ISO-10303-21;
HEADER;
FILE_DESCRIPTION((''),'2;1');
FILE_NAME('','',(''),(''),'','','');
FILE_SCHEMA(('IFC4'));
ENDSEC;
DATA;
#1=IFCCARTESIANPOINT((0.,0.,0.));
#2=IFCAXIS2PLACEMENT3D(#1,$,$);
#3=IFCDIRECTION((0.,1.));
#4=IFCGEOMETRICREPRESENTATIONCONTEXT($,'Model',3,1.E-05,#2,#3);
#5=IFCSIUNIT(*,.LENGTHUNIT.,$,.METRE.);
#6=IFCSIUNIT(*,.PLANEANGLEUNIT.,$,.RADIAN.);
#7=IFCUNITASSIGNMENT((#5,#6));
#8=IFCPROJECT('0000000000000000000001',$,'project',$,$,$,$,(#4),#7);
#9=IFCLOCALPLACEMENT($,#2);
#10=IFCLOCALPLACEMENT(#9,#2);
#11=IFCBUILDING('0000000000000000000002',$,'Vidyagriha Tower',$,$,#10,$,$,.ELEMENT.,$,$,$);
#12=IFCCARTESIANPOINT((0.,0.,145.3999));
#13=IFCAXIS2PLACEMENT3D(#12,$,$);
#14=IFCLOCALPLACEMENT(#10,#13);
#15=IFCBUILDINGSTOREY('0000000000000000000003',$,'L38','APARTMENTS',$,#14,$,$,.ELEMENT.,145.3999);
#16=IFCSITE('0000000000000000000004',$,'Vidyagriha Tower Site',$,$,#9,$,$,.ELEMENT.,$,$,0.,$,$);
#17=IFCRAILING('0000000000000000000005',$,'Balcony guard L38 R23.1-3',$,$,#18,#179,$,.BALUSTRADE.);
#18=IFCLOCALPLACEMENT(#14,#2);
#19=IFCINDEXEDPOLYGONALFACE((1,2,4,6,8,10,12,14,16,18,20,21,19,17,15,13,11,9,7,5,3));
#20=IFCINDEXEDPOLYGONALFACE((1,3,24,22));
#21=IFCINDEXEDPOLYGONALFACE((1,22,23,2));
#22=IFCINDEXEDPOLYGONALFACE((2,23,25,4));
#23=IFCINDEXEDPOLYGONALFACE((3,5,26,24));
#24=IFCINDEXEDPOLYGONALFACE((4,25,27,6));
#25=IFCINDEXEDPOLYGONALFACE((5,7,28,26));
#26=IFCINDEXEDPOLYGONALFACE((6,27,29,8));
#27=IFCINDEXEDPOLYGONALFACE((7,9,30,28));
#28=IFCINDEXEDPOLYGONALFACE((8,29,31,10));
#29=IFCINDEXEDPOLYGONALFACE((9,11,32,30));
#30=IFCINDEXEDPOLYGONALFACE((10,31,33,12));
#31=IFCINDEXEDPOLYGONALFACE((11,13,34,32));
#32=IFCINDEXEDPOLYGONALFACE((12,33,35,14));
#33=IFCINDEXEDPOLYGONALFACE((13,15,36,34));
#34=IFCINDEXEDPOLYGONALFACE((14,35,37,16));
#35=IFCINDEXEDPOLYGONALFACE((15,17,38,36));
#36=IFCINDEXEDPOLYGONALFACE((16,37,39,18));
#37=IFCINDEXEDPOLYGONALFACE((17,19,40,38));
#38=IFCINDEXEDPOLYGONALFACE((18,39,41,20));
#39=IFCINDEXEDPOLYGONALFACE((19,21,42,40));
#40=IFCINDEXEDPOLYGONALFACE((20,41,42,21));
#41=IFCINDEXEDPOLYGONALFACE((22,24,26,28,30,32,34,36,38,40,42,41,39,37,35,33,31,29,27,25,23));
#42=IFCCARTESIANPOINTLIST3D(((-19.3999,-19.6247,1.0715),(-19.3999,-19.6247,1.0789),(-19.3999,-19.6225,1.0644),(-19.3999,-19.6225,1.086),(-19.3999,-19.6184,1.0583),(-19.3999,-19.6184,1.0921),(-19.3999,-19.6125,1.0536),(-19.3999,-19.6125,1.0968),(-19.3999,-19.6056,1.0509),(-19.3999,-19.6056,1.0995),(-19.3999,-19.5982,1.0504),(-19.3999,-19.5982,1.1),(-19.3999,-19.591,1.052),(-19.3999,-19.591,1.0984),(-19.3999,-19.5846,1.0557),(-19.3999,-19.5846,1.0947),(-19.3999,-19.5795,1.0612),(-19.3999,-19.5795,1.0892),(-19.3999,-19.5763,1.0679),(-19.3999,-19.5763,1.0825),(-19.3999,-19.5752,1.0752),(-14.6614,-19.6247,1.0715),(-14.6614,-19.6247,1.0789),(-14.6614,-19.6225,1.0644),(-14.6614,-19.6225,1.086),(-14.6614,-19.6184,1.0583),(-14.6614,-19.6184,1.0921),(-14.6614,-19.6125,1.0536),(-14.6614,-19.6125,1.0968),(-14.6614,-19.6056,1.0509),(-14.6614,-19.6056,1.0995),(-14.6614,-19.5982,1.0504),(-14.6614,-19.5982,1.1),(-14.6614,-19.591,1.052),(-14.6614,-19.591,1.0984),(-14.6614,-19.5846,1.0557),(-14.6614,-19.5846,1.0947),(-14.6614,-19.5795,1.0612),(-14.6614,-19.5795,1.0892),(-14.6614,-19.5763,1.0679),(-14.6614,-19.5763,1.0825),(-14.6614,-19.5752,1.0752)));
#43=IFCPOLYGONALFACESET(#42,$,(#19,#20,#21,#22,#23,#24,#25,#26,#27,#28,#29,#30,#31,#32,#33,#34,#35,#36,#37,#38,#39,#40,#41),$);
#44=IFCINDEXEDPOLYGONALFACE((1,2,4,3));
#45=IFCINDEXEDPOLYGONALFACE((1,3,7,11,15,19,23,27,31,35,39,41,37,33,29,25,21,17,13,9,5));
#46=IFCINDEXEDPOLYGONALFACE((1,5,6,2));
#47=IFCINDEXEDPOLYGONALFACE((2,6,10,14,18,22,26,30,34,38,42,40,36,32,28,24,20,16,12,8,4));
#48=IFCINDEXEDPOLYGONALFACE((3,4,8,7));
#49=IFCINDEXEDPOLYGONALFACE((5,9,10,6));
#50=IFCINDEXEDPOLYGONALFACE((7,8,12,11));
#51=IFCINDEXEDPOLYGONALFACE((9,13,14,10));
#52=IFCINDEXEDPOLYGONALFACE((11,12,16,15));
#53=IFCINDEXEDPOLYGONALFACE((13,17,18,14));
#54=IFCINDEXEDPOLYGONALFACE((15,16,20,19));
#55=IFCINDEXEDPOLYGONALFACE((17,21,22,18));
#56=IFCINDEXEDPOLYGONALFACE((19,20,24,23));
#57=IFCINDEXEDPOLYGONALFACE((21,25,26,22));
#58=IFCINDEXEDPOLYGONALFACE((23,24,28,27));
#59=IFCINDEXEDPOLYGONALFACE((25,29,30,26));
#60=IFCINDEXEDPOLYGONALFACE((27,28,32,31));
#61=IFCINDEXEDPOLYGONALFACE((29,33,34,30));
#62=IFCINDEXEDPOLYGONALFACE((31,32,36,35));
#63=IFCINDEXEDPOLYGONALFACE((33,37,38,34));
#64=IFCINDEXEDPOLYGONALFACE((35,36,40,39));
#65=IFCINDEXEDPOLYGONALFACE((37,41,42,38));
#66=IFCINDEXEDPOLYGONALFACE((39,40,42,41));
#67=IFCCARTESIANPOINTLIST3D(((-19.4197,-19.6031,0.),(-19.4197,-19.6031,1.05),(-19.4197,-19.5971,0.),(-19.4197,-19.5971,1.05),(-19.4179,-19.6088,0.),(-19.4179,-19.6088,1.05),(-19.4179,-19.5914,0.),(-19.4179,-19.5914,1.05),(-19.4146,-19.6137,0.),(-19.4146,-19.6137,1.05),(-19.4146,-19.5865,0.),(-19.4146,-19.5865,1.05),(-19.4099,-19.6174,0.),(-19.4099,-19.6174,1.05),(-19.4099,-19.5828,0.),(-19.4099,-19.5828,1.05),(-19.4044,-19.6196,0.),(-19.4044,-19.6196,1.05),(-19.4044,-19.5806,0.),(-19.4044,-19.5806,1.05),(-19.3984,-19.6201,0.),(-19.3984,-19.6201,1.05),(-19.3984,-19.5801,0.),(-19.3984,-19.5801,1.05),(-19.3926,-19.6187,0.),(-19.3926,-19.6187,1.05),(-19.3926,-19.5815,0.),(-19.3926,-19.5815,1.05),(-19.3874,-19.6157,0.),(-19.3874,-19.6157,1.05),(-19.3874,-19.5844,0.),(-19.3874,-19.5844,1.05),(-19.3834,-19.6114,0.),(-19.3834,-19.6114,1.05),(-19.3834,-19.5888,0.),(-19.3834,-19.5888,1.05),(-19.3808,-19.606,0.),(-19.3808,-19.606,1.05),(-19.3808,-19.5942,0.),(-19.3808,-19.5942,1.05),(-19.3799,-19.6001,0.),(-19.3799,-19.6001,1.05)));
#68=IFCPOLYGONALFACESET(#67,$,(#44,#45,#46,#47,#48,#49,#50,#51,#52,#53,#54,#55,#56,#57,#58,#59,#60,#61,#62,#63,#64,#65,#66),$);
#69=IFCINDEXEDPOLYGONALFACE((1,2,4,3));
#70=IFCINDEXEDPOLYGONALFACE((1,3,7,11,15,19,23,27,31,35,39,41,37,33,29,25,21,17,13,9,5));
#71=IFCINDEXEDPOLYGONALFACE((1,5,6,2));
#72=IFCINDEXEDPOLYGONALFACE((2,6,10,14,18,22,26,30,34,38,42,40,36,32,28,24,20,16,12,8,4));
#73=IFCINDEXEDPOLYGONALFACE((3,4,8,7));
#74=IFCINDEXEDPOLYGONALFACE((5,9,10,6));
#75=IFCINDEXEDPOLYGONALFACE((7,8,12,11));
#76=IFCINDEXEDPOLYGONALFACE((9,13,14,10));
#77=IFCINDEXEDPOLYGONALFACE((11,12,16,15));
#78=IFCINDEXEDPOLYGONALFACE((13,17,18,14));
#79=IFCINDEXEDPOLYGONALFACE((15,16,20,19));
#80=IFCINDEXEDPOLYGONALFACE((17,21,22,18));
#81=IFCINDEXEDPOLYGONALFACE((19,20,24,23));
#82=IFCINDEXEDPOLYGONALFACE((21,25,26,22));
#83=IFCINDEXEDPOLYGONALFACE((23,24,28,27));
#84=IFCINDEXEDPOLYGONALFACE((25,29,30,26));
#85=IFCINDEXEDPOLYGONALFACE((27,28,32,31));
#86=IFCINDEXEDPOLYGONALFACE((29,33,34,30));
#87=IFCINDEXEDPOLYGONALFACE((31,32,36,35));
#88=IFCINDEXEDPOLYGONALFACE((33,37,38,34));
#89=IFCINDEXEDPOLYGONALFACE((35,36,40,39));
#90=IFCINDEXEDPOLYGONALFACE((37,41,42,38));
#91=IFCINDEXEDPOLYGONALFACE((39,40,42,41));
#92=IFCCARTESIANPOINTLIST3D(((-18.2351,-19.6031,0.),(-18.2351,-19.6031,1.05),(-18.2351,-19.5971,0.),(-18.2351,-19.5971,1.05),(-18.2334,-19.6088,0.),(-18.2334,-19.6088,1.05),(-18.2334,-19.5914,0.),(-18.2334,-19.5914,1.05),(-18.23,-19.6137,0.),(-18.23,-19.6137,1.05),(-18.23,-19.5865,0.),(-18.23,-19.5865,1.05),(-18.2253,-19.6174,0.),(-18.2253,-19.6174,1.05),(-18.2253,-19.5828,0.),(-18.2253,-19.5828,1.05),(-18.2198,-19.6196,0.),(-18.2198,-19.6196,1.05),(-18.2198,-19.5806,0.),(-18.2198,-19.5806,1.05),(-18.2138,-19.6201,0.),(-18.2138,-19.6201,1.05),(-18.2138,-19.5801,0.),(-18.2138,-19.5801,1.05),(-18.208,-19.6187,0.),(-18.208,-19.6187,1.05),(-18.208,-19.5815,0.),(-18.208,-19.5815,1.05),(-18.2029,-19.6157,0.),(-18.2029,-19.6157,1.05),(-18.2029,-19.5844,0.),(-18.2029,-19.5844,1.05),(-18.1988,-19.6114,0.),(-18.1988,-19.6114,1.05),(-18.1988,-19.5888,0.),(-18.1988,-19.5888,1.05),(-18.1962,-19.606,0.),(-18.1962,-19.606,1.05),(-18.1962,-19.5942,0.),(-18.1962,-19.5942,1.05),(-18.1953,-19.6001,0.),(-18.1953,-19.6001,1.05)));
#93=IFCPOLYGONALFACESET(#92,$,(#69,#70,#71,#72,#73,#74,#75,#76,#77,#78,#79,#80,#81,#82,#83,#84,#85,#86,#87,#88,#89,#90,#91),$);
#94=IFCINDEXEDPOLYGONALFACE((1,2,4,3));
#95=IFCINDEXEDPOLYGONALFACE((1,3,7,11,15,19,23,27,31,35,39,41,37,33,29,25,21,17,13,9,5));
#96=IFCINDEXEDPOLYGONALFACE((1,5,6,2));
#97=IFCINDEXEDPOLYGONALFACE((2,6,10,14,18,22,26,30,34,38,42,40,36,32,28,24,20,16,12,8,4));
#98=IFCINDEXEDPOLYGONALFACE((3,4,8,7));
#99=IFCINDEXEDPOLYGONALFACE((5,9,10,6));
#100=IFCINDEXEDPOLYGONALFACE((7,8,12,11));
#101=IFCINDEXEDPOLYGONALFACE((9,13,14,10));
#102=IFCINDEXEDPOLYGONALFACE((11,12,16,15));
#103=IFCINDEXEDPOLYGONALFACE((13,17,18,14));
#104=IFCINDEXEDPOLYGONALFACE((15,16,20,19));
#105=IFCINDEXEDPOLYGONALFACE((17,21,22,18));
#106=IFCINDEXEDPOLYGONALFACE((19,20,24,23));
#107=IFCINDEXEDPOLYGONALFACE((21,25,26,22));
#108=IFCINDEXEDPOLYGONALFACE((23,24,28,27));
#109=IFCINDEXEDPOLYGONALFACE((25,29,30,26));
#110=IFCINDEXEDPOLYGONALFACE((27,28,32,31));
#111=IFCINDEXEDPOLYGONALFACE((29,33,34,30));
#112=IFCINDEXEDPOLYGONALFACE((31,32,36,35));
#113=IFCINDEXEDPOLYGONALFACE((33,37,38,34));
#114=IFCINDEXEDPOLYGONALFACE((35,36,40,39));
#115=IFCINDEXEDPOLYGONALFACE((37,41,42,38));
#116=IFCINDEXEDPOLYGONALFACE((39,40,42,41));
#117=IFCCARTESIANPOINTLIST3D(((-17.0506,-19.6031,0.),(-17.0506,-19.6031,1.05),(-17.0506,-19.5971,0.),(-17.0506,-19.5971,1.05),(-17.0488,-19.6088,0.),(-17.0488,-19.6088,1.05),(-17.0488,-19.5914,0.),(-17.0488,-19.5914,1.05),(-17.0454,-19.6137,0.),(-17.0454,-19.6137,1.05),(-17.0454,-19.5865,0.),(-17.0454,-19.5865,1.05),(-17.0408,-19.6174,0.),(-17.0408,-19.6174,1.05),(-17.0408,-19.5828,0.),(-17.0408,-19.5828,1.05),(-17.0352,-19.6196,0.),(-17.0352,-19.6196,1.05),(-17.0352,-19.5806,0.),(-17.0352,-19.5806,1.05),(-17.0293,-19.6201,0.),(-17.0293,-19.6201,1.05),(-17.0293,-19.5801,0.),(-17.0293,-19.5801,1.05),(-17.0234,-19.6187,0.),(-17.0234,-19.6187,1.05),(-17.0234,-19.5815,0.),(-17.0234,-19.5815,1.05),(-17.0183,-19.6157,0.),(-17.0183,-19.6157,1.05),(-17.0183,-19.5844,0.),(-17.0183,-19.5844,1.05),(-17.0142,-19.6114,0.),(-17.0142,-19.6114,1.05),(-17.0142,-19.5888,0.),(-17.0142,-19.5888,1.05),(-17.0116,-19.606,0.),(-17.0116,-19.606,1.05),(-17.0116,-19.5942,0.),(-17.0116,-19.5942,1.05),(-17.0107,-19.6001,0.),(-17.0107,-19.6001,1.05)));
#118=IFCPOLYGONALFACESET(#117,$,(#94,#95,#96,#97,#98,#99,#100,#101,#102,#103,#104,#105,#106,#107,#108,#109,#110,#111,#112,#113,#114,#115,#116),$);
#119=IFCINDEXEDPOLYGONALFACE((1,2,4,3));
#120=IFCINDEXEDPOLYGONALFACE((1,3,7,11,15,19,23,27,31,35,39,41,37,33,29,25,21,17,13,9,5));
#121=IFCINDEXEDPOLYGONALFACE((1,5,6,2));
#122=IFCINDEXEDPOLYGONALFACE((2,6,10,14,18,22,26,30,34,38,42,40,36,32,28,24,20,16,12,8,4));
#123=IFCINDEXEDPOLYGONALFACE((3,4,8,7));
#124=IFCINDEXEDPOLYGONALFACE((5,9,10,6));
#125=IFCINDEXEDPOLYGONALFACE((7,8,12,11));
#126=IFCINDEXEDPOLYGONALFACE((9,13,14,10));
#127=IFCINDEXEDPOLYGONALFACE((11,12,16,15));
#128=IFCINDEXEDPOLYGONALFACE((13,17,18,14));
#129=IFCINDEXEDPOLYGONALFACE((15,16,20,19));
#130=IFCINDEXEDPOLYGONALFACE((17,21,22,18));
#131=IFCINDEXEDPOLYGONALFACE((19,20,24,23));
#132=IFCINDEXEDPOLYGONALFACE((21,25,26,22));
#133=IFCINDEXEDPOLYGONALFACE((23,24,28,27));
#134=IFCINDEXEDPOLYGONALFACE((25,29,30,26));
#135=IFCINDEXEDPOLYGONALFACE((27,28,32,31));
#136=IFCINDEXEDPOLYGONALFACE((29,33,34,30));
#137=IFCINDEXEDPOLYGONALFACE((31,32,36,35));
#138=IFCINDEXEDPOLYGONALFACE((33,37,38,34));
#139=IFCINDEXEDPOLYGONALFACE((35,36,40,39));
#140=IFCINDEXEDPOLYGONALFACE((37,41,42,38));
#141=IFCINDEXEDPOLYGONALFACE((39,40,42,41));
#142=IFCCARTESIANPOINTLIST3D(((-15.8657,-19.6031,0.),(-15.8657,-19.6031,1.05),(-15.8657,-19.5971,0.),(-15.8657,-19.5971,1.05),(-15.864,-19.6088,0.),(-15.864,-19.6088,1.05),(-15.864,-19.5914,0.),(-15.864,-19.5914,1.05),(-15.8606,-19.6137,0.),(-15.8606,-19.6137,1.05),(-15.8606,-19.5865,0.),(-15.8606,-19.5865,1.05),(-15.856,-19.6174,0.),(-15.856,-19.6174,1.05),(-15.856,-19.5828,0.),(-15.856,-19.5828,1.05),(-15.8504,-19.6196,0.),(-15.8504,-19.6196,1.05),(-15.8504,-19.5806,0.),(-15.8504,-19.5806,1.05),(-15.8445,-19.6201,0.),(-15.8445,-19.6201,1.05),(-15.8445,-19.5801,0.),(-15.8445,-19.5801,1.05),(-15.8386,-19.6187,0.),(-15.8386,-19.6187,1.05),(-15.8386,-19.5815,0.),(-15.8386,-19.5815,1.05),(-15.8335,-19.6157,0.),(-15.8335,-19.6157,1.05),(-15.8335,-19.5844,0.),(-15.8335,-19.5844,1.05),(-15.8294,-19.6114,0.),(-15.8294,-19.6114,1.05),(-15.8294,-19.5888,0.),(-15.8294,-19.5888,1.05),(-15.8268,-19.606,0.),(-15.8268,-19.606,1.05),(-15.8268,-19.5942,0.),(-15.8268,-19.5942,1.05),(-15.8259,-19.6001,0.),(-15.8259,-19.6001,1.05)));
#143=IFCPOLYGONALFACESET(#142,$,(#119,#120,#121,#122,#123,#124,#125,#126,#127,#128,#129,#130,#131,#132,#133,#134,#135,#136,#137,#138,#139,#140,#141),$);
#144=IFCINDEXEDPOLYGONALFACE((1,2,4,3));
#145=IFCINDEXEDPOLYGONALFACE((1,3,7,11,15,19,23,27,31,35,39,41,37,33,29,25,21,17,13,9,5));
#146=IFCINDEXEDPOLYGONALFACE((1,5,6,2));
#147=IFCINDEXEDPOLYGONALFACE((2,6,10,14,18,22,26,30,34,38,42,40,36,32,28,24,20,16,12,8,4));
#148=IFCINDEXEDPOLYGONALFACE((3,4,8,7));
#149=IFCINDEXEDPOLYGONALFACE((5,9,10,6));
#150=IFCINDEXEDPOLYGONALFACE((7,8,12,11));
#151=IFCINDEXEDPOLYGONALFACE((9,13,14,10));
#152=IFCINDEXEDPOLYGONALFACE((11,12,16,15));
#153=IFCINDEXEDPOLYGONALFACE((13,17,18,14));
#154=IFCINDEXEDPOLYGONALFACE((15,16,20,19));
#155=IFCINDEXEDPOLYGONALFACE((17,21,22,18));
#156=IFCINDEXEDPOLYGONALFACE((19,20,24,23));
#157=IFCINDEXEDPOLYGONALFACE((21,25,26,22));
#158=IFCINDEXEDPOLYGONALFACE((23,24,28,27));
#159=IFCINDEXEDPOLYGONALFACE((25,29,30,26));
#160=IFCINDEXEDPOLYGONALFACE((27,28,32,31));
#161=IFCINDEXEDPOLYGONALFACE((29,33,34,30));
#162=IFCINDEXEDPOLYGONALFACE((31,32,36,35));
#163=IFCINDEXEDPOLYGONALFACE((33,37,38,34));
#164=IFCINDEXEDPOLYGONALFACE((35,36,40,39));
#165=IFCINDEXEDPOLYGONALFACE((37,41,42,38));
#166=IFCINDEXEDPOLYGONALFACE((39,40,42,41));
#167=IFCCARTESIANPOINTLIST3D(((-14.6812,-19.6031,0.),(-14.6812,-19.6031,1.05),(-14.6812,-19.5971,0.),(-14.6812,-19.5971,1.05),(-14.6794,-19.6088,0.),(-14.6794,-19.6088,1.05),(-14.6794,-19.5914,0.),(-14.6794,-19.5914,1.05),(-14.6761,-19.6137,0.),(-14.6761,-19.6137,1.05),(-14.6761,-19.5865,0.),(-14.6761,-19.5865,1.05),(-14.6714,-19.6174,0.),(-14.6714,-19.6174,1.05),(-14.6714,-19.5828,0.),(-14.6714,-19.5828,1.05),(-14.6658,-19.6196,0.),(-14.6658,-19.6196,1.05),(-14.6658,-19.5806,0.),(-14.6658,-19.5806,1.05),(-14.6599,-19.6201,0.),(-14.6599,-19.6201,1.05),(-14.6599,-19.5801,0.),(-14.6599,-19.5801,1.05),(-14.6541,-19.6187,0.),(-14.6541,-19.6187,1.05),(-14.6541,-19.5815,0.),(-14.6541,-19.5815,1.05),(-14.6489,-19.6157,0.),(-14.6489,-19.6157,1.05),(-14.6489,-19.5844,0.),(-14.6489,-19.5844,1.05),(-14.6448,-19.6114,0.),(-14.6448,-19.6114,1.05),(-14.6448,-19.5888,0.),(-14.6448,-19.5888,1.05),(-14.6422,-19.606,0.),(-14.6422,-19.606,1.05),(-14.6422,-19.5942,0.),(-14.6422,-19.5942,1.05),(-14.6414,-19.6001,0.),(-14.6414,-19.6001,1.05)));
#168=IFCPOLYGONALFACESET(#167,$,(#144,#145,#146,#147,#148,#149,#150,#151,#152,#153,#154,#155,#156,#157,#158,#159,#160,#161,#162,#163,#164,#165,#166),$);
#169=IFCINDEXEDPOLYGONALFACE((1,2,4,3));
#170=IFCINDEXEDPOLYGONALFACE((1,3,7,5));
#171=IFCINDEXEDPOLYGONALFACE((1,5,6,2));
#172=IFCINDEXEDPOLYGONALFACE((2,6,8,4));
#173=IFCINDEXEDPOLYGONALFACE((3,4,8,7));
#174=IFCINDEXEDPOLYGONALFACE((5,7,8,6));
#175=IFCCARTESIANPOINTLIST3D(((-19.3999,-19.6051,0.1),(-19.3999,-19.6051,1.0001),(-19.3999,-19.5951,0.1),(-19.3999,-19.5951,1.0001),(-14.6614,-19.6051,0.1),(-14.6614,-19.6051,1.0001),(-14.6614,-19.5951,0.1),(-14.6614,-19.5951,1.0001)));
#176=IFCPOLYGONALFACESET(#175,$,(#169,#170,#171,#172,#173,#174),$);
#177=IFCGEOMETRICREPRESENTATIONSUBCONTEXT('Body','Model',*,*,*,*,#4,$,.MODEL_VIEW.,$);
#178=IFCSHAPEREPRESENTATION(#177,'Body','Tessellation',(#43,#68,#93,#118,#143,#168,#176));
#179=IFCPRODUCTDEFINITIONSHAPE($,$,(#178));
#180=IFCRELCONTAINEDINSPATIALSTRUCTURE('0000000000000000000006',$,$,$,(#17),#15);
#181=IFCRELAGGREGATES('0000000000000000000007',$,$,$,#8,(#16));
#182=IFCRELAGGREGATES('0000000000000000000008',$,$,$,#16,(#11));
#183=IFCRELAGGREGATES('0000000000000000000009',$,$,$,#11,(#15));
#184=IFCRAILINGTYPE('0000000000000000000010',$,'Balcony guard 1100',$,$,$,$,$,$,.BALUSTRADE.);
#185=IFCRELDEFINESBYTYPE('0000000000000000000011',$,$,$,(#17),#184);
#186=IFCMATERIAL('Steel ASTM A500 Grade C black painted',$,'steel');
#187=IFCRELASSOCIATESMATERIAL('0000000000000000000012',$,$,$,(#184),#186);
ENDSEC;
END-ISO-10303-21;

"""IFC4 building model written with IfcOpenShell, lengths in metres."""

from ifc_helpers import new_model, si_unit, direction, frame, origin, origin_2d, place, context, subcontext, project, spatial, rectangle, circle, extrude, material, type_object, element, save


model = new_model("IFC4")

# Units and contexts
model_context = context("Model", 3, precision=1e-05, world=origin(), true_north=direction((0.0, 1.0)))
body_context = subcontext(model_context, "Body", "Model", "MODEL_VIEW")
ifc_project = project(units=[si_unit("LENGTHUNIT", "METRE"), si_unit("PLANEANGLEUNIT", "RADIAN")], contexts=[model_context])

# Site, building, storey
site_placement = place(None, origin())
site = spatial("IfcSite", under=ifc_project, at=site_placement, Name="Vidyagriha Tower Site", CompositionType="ELEMENT", RefElevation=0.0)
building_placement = place(site_placement, origin())
building = spatial("IfcBuilding", under=site, at=building_placement, Name="Vidyagriha Tower", CompositionType="ELEMENT")
storey_placement = place(building_placement, frame((0.0, 0.0, 145.3999)))
storey = spatial("IfcBuildingStorey", under=building, at=storey_placement, Name="L38", Description="APARTMENTS", CompositionType="ELEMENT", Elevation=145.3999)

# Railing
ifc_material_1 = material(Name="Steel ASTM A500 Grade C black painted", Category="steel")
railing_type = type_object("IfcRailingType", Name="Balcony guard 1100", PredefinedType="BALUSTRADE", material=ifc_material_1)
railing_1_placement = place(storey_placement, frame((-19.3999, -19.6001, 0.0)))
element("IfcRailing", 1, at=railing_1_placement, inside=storey, type_object=railing_type, Name="Balcony guard L38 R23.1-3", PredefinedType="BALUSTRADE", context=body_context, shape_type="SweptSolid", body=[
    extrude(circle(Radius=0.0249, at=origin_2d()), frame((0.0, 0.0, 1.0752), z_axis=(1.0, 0.0, 0.0), x_axis=(0.0, 1.0, 0.0)), (0.0, 0.0, 1.0), 4.7385),
    extrude(circle(Radius=0.02, at=origin_2d()), origin(), (0.0, 0.0, 1.0), 1.05),
    extrude(circle(Radius=0.02, at=origin_2d()), frame((1.1846, 0.0, 0.0)), (0.0, 0.0, 1.0), 1.05),
    extrude(circle(Radius=0.02, at=origin_2d()), frame((2.3691, 0.0, 0.0)), (0.0, 0.0, 1.0), 1.05),
    extrude(circle(Radius=0.02, at=origin_2d()), frame((3.554, 0.0, 0.0)), (0.0, 0.0, 1.0), 1.05),
    extrude(circle(Radius=0.02, at=origin_2d()), frame((4.7385, 0.0, 0.0)), (0.0, 0.0, 1.0), 1.05),
    extrude(rectangle(XDim=0.01, YDim=0.9001, at=origin_2d()), frame((0.0, 0.0, 0.55), z_axis=(1.0, 0.0, 0.0), x_axis=(0.0, 1.0, 0.0)), (0.0, 0.0, 1.0), 4.7385),
])

save(model, "model.ifc")
